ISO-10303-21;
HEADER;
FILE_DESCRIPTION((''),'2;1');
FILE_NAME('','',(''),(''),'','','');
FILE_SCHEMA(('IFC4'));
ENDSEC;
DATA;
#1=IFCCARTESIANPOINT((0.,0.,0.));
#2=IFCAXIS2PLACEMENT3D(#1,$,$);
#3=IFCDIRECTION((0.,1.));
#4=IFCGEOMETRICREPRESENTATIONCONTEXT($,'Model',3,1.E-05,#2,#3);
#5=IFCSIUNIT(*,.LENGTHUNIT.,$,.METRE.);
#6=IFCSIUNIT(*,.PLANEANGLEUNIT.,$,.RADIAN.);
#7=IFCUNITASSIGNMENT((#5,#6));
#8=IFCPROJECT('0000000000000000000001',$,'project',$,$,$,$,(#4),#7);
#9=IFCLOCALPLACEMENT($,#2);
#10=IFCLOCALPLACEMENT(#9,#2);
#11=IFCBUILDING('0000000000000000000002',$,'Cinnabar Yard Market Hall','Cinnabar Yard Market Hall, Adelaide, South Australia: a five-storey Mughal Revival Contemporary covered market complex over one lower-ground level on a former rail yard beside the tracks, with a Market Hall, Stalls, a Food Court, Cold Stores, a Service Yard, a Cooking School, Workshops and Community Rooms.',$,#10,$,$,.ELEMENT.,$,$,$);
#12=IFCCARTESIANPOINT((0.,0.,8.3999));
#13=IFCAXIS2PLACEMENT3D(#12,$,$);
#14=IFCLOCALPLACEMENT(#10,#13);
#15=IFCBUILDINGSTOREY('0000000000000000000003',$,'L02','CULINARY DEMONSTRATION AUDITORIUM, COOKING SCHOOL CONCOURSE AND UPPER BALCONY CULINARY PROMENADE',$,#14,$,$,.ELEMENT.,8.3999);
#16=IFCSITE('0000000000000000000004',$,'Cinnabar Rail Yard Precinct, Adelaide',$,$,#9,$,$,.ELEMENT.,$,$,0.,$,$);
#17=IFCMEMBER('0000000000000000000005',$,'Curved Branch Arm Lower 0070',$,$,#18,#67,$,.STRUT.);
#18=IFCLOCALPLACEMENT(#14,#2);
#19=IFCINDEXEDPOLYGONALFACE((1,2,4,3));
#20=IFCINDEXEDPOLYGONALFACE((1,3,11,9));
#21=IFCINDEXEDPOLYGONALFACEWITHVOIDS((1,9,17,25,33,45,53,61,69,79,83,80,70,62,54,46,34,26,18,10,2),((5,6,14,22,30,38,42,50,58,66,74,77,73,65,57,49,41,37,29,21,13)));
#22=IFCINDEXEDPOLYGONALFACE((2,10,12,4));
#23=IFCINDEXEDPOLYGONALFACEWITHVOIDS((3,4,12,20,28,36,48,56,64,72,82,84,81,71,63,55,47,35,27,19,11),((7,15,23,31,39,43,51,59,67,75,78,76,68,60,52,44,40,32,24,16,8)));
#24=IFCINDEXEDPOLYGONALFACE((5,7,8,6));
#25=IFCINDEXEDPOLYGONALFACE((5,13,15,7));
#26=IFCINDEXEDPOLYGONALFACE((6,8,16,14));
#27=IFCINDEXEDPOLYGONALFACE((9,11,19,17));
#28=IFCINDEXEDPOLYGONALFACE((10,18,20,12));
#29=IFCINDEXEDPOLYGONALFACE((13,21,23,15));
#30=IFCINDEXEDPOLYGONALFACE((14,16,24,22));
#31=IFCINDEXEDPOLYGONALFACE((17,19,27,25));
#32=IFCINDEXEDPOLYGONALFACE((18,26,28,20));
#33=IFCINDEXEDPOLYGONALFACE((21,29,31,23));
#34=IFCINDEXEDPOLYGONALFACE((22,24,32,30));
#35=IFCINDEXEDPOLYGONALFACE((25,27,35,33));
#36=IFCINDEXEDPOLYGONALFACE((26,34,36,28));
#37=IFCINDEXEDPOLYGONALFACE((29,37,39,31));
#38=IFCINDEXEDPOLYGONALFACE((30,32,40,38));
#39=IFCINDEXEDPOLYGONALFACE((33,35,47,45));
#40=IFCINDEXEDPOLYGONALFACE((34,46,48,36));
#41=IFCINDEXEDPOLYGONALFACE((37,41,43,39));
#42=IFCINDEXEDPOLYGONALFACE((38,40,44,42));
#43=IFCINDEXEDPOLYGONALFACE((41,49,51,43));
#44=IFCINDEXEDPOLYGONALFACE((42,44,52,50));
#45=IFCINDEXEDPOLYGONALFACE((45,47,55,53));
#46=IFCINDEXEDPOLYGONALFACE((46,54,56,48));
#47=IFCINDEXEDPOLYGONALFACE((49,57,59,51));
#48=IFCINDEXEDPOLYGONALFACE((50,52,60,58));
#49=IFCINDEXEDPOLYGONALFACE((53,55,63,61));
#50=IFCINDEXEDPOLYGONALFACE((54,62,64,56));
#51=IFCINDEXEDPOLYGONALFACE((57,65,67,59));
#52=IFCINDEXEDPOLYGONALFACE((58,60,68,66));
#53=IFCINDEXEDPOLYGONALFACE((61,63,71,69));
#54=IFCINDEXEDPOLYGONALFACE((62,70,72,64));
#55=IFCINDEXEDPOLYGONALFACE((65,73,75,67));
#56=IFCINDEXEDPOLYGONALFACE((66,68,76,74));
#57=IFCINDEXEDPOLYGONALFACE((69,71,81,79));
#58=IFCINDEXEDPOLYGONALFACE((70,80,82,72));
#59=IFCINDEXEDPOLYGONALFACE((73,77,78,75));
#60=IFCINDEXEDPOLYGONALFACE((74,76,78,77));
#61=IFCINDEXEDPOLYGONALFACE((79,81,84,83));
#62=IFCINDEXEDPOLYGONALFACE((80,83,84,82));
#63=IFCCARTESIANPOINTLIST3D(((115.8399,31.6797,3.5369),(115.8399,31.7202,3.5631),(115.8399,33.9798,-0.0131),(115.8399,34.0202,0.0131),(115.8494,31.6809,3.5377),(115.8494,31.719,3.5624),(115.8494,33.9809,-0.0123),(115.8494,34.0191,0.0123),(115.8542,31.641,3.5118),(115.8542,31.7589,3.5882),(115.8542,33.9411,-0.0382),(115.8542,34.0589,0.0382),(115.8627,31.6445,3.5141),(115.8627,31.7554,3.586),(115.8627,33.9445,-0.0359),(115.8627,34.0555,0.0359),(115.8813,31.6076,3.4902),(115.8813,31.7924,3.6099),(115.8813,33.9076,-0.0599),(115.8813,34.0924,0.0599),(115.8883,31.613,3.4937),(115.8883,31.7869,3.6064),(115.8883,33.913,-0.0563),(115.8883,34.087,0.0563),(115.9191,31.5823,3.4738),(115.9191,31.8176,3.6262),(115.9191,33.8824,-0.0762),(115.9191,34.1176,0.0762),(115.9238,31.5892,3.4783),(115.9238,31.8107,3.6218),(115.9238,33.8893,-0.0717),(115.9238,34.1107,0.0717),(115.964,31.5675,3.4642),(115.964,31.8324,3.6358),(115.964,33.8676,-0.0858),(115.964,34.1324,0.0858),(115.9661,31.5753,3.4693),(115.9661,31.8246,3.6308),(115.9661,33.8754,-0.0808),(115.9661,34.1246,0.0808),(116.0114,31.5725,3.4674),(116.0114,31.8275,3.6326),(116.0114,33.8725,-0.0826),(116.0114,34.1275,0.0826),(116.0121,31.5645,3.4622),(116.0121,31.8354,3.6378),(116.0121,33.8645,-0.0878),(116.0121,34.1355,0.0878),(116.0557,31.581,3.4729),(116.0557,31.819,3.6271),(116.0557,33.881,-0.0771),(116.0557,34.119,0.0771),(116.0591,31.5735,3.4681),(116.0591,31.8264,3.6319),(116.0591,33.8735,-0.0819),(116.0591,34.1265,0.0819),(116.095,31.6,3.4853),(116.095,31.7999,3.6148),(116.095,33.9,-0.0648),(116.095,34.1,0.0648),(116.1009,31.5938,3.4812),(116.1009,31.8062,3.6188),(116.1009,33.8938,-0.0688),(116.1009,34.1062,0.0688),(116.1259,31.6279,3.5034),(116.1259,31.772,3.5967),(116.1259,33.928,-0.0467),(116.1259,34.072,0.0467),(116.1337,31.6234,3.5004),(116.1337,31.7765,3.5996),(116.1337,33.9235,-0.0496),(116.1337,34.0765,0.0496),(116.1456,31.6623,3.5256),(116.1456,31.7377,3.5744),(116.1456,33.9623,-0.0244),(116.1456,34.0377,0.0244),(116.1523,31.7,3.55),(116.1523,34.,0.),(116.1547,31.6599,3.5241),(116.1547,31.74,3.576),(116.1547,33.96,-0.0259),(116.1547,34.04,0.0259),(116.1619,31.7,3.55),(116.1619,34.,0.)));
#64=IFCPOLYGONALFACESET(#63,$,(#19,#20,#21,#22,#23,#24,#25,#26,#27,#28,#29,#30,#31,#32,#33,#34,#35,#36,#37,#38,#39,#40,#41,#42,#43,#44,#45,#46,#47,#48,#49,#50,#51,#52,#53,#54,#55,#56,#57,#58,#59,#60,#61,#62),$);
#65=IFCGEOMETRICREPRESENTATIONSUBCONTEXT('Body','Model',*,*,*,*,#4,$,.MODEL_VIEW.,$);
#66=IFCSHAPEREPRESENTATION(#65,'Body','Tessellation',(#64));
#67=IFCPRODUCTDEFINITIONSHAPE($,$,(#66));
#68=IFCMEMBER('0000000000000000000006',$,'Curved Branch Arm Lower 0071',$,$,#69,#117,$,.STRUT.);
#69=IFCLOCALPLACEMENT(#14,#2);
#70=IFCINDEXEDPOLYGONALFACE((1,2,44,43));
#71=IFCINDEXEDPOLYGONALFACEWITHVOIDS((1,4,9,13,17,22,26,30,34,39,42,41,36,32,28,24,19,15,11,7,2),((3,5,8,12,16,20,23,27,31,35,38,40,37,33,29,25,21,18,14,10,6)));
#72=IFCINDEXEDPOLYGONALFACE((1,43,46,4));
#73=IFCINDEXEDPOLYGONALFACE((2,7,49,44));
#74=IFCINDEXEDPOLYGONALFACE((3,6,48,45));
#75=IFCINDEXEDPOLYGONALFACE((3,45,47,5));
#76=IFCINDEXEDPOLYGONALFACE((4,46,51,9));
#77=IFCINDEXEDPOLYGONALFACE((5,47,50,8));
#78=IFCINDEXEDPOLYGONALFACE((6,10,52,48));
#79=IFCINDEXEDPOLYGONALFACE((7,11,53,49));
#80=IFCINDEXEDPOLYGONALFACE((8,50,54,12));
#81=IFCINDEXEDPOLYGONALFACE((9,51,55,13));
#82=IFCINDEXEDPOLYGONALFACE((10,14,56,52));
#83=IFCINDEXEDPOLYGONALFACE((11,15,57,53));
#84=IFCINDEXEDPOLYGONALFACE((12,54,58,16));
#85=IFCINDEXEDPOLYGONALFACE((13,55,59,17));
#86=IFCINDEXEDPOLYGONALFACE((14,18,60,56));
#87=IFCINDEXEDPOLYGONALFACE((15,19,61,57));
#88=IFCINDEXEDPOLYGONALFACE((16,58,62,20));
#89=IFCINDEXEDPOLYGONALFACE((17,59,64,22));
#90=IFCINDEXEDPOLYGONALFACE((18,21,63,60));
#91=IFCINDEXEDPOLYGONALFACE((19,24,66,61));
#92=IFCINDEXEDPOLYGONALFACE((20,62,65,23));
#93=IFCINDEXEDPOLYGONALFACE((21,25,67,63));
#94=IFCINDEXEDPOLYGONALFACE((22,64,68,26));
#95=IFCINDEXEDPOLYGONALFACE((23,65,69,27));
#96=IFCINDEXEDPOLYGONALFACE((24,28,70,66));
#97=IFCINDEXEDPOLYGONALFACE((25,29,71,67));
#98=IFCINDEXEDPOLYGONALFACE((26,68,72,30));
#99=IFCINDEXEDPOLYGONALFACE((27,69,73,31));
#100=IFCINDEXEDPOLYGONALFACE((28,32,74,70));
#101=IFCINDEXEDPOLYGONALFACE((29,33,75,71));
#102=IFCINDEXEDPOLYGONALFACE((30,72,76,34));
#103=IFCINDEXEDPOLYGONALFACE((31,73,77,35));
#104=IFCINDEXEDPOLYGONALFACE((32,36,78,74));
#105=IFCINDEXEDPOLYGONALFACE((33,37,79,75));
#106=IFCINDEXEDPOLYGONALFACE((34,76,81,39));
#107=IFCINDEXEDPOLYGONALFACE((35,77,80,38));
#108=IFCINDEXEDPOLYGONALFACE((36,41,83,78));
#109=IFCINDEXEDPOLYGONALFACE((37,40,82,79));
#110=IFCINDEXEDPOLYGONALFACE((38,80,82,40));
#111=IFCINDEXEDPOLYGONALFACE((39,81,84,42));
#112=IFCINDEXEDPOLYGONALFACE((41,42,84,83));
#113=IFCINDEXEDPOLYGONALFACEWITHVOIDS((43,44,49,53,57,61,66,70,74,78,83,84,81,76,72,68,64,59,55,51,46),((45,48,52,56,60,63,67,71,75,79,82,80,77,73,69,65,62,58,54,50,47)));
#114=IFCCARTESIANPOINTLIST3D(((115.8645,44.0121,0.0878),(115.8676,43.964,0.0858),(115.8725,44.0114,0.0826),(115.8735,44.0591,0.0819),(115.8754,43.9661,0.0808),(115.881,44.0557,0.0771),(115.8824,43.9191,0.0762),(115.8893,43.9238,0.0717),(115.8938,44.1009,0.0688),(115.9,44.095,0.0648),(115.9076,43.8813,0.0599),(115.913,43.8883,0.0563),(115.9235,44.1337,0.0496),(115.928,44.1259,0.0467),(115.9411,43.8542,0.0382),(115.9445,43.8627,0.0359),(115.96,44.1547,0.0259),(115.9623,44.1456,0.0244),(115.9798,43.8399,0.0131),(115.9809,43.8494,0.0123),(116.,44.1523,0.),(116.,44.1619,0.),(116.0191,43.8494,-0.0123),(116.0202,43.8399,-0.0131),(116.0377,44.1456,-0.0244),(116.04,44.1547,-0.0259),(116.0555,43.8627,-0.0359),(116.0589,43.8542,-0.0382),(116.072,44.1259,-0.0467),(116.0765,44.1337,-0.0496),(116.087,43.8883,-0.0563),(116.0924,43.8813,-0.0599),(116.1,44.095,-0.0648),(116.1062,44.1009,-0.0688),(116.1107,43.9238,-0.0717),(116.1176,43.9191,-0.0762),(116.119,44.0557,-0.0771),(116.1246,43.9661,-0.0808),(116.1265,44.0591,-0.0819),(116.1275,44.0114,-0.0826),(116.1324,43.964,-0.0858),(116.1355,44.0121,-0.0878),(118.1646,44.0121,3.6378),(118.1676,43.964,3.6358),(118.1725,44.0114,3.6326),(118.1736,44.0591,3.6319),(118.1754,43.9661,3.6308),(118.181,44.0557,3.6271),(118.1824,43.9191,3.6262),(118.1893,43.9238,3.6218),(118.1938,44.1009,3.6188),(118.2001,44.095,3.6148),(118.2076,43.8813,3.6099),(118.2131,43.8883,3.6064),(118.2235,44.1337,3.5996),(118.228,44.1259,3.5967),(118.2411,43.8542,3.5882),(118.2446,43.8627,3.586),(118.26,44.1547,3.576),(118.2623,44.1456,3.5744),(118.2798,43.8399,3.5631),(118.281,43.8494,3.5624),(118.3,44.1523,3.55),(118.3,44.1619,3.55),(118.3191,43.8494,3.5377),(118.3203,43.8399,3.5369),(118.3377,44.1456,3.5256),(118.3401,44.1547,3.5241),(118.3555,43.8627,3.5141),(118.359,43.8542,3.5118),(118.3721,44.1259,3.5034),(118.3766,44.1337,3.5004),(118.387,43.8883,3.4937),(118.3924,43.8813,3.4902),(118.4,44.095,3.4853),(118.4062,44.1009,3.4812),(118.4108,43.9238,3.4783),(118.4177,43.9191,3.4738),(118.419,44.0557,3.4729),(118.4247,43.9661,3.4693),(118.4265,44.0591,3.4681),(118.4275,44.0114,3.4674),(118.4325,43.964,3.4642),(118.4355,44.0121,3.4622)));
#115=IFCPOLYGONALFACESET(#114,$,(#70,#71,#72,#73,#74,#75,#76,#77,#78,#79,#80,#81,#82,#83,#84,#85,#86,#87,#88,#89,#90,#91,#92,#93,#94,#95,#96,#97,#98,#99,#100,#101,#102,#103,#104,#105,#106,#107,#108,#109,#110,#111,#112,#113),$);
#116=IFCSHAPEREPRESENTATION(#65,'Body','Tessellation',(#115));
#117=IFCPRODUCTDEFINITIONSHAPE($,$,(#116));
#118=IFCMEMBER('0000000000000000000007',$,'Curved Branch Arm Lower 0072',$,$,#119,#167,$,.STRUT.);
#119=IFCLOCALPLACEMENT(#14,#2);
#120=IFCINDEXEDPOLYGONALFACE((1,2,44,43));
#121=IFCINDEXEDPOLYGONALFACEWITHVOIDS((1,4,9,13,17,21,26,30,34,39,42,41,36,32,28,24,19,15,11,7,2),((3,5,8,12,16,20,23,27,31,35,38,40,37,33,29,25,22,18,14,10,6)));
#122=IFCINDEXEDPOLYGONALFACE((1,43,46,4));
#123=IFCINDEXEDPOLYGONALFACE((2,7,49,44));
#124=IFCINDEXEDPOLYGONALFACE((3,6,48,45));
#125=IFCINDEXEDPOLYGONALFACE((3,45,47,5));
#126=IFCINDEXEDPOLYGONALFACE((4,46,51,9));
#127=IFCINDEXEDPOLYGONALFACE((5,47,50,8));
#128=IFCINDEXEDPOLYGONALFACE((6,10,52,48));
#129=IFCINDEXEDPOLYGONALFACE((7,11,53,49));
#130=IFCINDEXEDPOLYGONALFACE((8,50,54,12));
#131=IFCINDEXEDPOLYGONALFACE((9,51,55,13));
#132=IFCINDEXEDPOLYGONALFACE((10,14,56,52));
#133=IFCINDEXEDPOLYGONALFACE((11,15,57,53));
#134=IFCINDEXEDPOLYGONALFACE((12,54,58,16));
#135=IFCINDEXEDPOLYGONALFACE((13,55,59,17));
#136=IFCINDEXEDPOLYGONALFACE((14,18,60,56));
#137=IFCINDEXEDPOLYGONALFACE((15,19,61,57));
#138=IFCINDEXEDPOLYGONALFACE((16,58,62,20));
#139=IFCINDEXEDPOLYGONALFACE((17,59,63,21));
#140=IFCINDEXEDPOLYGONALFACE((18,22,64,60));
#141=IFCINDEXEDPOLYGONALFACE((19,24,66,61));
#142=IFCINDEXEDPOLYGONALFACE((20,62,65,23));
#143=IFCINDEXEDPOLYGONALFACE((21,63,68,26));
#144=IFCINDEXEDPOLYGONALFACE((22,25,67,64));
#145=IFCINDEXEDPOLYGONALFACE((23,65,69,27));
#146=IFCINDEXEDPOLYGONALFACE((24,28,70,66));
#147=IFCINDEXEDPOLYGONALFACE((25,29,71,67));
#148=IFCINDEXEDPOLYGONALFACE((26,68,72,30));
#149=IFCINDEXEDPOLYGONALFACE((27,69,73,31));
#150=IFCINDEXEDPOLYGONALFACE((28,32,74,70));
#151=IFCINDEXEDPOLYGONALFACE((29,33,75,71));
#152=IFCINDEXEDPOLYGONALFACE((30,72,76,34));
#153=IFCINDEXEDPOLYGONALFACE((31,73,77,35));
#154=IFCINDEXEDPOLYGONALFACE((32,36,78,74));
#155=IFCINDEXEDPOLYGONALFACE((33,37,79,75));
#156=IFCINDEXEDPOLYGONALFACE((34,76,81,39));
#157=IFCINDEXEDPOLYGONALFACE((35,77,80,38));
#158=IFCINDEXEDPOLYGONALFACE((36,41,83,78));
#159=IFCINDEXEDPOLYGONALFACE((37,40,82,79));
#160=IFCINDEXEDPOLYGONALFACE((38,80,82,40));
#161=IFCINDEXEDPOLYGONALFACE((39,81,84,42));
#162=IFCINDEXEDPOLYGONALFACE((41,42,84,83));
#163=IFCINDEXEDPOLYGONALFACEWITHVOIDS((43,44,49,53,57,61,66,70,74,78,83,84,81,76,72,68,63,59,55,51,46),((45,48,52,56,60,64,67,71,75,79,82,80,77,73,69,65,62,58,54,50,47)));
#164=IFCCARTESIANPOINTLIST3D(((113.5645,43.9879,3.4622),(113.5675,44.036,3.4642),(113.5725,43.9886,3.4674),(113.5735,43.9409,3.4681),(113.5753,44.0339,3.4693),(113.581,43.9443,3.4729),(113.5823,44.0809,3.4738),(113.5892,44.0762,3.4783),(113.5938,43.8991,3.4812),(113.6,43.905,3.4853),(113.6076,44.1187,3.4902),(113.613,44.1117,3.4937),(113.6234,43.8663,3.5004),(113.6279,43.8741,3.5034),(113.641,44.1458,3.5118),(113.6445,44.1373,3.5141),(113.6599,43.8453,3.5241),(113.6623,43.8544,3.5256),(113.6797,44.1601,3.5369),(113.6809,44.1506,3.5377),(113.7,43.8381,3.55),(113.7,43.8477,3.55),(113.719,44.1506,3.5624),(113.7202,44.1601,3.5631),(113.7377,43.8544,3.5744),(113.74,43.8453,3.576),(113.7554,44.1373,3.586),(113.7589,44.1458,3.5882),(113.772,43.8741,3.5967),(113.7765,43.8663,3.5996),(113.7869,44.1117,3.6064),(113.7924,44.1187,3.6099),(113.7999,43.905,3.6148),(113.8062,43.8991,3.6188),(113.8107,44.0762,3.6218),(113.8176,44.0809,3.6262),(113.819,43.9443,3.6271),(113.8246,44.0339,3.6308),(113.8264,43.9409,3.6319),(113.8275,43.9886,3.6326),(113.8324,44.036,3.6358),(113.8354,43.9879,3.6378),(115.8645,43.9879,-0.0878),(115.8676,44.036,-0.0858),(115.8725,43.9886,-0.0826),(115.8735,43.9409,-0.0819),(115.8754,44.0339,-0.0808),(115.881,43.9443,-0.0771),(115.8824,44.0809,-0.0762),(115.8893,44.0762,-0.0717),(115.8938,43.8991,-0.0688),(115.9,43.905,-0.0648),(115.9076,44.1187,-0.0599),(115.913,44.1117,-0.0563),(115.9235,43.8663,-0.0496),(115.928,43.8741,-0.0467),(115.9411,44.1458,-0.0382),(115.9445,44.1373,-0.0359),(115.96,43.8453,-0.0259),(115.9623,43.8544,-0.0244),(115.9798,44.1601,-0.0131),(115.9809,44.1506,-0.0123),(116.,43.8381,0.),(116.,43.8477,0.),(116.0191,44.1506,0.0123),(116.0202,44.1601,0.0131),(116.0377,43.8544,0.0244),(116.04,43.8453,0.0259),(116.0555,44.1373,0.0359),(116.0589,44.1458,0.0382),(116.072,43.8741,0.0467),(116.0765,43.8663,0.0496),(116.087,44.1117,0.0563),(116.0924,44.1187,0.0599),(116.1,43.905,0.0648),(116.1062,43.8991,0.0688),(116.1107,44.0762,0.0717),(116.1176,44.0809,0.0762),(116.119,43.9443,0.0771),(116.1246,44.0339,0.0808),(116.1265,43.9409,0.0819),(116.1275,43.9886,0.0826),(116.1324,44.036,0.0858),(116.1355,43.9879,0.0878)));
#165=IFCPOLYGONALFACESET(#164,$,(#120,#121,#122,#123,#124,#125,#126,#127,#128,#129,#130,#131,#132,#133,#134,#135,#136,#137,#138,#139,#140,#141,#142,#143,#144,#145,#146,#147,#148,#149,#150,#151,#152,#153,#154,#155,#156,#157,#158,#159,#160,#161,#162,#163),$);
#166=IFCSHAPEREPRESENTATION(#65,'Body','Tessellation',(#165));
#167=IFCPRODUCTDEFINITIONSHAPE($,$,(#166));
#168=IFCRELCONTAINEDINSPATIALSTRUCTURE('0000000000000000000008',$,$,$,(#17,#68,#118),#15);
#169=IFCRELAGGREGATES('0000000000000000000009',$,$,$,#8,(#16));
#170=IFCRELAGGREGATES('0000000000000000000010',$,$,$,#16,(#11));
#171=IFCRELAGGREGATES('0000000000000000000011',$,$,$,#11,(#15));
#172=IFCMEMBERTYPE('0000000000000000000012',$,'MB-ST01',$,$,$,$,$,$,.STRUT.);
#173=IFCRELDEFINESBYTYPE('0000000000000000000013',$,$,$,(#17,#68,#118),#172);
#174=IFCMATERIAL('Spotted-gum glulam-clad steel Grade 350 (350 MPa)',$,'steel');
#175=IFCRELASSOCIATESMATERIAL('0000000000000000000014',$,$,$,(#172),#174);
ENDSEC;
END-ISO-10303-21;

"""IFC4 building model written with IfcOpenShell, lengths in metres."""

from ifc_helpers import new_model, si_unit, direction, frame, origin, origin_2d_with_axis, place, context, subcontext, project, spatial, hollow_circle, extrude, material, material_profile, profile_set, type_object, element, save


model = new_model("IFC4")

# Units and contexts
model_context = context("Model", 3, precision=1e-05, world=origin(), true_north=direction((0.0, 1.0)))
body_context = subcontext(model_context, "Body", "Model", "MODEL_VIEW")
ifc_project = project(units=[si_unit("LENGTHUNIT", "METRE"), si_unit("PLANEANGLEUNIT", "RADIAN")], contexts=[model_context])

# Site, building, storey
site_placement = place(None, origin())
site = spatial("IfcSite", under=ifc_project, at=site_placement, Name="Cinnabar Rail Yard Precinct, Adelaide", CompositionType="ELEMENT", RefElevation=0.0)
building_placement = place(site_placement, origin())
building = spatial("IfcBuilding", under=site, at=building_placement, Name="Cinnabar Yard Market Hall", Description="Cinnabar Yard Market Hall, Adelaide, South Australia: a five-storey Mughal Revival Contemporary covered market complex over one lower-ground level on a former rail yard beside the tracks, with a Market Hall, Stalls, a Food Court, Cold Stores, a Service Yard, a Cooking School, Workshops and Community Rooms.", CompositionType="ELEMENT")
storey_placement = place(building_placement, frame((0.0, 0.0, 8.3999)))
storey = spatial("IfcBuildingStorey", under=building, at=storey_placement, Name="L02", Description="CULINARY DEMONSTRATION AUDITORIUM, COOKING SCHOOL CONCOURSE AND UPPER BALCONY CULINARY PROMENADE", CompositionType="ELEMENT", Elevation=8.3999)

# Shared definitions
ifc_material_1 = material(Name="Spotted-gum glulam-clad steel Grade 350 (350 MPa)", Category="steel")

# Members
ifc_material_profile_1 = material_profile(ifc_material_1, hollow_circle(Radius=0.1619, WallThickness=0.0095, at=origin_2d_with_axis()), Name="323.9x9.5CHS")
ifc_profile_set_1 = profile_set([ifc_material_profile_1], Name="Spotted-gum glulam-clad steel Grade 350 (350 MPa)")
member_type_1 = type_object("IfcMemberType", Name="MB-ST01", PredefinedType="STRUT", material=ifc_profile_set_1)
for number, where, z_axis, x_axis, name in (
    (1, (116.0, 34.0, 0.0), (0.0, -0.543744, 0.839251), (1.0, 0.0, 0.0), "Curved Branch Arm Lower 0070"),
    (2, (116.0, 44.0, 0.0), (0.543744, 0.0, 0.839251), (0.0, 1.0, 0.0), "Curved Branch Arm Lower 0071"),
    (3, (116.0, 44.0, 0.0), (-0.543744, 0.0, 0.839251), (0.0, -1.0, 0.0), "Curved Branch Arm Lower 0072"),
):
    element("IfcMember", number, at=place(storey_placement, frame(where, z_axis=z_axis, x_axis=x_axis)), inside=storey, type_object=member_type_1, Name=name, PredefinedType="STRUT", context=body_context, shape_type="SweptSolid", body=[
        extrude(hollow_circle(Radius=0.1619, WallThickness=0.0095, at=origin_2d_with_axis()), origin(), (0.0, 0.0, 1.0), 4.23),
    ])

save(model, "model.ifc")
